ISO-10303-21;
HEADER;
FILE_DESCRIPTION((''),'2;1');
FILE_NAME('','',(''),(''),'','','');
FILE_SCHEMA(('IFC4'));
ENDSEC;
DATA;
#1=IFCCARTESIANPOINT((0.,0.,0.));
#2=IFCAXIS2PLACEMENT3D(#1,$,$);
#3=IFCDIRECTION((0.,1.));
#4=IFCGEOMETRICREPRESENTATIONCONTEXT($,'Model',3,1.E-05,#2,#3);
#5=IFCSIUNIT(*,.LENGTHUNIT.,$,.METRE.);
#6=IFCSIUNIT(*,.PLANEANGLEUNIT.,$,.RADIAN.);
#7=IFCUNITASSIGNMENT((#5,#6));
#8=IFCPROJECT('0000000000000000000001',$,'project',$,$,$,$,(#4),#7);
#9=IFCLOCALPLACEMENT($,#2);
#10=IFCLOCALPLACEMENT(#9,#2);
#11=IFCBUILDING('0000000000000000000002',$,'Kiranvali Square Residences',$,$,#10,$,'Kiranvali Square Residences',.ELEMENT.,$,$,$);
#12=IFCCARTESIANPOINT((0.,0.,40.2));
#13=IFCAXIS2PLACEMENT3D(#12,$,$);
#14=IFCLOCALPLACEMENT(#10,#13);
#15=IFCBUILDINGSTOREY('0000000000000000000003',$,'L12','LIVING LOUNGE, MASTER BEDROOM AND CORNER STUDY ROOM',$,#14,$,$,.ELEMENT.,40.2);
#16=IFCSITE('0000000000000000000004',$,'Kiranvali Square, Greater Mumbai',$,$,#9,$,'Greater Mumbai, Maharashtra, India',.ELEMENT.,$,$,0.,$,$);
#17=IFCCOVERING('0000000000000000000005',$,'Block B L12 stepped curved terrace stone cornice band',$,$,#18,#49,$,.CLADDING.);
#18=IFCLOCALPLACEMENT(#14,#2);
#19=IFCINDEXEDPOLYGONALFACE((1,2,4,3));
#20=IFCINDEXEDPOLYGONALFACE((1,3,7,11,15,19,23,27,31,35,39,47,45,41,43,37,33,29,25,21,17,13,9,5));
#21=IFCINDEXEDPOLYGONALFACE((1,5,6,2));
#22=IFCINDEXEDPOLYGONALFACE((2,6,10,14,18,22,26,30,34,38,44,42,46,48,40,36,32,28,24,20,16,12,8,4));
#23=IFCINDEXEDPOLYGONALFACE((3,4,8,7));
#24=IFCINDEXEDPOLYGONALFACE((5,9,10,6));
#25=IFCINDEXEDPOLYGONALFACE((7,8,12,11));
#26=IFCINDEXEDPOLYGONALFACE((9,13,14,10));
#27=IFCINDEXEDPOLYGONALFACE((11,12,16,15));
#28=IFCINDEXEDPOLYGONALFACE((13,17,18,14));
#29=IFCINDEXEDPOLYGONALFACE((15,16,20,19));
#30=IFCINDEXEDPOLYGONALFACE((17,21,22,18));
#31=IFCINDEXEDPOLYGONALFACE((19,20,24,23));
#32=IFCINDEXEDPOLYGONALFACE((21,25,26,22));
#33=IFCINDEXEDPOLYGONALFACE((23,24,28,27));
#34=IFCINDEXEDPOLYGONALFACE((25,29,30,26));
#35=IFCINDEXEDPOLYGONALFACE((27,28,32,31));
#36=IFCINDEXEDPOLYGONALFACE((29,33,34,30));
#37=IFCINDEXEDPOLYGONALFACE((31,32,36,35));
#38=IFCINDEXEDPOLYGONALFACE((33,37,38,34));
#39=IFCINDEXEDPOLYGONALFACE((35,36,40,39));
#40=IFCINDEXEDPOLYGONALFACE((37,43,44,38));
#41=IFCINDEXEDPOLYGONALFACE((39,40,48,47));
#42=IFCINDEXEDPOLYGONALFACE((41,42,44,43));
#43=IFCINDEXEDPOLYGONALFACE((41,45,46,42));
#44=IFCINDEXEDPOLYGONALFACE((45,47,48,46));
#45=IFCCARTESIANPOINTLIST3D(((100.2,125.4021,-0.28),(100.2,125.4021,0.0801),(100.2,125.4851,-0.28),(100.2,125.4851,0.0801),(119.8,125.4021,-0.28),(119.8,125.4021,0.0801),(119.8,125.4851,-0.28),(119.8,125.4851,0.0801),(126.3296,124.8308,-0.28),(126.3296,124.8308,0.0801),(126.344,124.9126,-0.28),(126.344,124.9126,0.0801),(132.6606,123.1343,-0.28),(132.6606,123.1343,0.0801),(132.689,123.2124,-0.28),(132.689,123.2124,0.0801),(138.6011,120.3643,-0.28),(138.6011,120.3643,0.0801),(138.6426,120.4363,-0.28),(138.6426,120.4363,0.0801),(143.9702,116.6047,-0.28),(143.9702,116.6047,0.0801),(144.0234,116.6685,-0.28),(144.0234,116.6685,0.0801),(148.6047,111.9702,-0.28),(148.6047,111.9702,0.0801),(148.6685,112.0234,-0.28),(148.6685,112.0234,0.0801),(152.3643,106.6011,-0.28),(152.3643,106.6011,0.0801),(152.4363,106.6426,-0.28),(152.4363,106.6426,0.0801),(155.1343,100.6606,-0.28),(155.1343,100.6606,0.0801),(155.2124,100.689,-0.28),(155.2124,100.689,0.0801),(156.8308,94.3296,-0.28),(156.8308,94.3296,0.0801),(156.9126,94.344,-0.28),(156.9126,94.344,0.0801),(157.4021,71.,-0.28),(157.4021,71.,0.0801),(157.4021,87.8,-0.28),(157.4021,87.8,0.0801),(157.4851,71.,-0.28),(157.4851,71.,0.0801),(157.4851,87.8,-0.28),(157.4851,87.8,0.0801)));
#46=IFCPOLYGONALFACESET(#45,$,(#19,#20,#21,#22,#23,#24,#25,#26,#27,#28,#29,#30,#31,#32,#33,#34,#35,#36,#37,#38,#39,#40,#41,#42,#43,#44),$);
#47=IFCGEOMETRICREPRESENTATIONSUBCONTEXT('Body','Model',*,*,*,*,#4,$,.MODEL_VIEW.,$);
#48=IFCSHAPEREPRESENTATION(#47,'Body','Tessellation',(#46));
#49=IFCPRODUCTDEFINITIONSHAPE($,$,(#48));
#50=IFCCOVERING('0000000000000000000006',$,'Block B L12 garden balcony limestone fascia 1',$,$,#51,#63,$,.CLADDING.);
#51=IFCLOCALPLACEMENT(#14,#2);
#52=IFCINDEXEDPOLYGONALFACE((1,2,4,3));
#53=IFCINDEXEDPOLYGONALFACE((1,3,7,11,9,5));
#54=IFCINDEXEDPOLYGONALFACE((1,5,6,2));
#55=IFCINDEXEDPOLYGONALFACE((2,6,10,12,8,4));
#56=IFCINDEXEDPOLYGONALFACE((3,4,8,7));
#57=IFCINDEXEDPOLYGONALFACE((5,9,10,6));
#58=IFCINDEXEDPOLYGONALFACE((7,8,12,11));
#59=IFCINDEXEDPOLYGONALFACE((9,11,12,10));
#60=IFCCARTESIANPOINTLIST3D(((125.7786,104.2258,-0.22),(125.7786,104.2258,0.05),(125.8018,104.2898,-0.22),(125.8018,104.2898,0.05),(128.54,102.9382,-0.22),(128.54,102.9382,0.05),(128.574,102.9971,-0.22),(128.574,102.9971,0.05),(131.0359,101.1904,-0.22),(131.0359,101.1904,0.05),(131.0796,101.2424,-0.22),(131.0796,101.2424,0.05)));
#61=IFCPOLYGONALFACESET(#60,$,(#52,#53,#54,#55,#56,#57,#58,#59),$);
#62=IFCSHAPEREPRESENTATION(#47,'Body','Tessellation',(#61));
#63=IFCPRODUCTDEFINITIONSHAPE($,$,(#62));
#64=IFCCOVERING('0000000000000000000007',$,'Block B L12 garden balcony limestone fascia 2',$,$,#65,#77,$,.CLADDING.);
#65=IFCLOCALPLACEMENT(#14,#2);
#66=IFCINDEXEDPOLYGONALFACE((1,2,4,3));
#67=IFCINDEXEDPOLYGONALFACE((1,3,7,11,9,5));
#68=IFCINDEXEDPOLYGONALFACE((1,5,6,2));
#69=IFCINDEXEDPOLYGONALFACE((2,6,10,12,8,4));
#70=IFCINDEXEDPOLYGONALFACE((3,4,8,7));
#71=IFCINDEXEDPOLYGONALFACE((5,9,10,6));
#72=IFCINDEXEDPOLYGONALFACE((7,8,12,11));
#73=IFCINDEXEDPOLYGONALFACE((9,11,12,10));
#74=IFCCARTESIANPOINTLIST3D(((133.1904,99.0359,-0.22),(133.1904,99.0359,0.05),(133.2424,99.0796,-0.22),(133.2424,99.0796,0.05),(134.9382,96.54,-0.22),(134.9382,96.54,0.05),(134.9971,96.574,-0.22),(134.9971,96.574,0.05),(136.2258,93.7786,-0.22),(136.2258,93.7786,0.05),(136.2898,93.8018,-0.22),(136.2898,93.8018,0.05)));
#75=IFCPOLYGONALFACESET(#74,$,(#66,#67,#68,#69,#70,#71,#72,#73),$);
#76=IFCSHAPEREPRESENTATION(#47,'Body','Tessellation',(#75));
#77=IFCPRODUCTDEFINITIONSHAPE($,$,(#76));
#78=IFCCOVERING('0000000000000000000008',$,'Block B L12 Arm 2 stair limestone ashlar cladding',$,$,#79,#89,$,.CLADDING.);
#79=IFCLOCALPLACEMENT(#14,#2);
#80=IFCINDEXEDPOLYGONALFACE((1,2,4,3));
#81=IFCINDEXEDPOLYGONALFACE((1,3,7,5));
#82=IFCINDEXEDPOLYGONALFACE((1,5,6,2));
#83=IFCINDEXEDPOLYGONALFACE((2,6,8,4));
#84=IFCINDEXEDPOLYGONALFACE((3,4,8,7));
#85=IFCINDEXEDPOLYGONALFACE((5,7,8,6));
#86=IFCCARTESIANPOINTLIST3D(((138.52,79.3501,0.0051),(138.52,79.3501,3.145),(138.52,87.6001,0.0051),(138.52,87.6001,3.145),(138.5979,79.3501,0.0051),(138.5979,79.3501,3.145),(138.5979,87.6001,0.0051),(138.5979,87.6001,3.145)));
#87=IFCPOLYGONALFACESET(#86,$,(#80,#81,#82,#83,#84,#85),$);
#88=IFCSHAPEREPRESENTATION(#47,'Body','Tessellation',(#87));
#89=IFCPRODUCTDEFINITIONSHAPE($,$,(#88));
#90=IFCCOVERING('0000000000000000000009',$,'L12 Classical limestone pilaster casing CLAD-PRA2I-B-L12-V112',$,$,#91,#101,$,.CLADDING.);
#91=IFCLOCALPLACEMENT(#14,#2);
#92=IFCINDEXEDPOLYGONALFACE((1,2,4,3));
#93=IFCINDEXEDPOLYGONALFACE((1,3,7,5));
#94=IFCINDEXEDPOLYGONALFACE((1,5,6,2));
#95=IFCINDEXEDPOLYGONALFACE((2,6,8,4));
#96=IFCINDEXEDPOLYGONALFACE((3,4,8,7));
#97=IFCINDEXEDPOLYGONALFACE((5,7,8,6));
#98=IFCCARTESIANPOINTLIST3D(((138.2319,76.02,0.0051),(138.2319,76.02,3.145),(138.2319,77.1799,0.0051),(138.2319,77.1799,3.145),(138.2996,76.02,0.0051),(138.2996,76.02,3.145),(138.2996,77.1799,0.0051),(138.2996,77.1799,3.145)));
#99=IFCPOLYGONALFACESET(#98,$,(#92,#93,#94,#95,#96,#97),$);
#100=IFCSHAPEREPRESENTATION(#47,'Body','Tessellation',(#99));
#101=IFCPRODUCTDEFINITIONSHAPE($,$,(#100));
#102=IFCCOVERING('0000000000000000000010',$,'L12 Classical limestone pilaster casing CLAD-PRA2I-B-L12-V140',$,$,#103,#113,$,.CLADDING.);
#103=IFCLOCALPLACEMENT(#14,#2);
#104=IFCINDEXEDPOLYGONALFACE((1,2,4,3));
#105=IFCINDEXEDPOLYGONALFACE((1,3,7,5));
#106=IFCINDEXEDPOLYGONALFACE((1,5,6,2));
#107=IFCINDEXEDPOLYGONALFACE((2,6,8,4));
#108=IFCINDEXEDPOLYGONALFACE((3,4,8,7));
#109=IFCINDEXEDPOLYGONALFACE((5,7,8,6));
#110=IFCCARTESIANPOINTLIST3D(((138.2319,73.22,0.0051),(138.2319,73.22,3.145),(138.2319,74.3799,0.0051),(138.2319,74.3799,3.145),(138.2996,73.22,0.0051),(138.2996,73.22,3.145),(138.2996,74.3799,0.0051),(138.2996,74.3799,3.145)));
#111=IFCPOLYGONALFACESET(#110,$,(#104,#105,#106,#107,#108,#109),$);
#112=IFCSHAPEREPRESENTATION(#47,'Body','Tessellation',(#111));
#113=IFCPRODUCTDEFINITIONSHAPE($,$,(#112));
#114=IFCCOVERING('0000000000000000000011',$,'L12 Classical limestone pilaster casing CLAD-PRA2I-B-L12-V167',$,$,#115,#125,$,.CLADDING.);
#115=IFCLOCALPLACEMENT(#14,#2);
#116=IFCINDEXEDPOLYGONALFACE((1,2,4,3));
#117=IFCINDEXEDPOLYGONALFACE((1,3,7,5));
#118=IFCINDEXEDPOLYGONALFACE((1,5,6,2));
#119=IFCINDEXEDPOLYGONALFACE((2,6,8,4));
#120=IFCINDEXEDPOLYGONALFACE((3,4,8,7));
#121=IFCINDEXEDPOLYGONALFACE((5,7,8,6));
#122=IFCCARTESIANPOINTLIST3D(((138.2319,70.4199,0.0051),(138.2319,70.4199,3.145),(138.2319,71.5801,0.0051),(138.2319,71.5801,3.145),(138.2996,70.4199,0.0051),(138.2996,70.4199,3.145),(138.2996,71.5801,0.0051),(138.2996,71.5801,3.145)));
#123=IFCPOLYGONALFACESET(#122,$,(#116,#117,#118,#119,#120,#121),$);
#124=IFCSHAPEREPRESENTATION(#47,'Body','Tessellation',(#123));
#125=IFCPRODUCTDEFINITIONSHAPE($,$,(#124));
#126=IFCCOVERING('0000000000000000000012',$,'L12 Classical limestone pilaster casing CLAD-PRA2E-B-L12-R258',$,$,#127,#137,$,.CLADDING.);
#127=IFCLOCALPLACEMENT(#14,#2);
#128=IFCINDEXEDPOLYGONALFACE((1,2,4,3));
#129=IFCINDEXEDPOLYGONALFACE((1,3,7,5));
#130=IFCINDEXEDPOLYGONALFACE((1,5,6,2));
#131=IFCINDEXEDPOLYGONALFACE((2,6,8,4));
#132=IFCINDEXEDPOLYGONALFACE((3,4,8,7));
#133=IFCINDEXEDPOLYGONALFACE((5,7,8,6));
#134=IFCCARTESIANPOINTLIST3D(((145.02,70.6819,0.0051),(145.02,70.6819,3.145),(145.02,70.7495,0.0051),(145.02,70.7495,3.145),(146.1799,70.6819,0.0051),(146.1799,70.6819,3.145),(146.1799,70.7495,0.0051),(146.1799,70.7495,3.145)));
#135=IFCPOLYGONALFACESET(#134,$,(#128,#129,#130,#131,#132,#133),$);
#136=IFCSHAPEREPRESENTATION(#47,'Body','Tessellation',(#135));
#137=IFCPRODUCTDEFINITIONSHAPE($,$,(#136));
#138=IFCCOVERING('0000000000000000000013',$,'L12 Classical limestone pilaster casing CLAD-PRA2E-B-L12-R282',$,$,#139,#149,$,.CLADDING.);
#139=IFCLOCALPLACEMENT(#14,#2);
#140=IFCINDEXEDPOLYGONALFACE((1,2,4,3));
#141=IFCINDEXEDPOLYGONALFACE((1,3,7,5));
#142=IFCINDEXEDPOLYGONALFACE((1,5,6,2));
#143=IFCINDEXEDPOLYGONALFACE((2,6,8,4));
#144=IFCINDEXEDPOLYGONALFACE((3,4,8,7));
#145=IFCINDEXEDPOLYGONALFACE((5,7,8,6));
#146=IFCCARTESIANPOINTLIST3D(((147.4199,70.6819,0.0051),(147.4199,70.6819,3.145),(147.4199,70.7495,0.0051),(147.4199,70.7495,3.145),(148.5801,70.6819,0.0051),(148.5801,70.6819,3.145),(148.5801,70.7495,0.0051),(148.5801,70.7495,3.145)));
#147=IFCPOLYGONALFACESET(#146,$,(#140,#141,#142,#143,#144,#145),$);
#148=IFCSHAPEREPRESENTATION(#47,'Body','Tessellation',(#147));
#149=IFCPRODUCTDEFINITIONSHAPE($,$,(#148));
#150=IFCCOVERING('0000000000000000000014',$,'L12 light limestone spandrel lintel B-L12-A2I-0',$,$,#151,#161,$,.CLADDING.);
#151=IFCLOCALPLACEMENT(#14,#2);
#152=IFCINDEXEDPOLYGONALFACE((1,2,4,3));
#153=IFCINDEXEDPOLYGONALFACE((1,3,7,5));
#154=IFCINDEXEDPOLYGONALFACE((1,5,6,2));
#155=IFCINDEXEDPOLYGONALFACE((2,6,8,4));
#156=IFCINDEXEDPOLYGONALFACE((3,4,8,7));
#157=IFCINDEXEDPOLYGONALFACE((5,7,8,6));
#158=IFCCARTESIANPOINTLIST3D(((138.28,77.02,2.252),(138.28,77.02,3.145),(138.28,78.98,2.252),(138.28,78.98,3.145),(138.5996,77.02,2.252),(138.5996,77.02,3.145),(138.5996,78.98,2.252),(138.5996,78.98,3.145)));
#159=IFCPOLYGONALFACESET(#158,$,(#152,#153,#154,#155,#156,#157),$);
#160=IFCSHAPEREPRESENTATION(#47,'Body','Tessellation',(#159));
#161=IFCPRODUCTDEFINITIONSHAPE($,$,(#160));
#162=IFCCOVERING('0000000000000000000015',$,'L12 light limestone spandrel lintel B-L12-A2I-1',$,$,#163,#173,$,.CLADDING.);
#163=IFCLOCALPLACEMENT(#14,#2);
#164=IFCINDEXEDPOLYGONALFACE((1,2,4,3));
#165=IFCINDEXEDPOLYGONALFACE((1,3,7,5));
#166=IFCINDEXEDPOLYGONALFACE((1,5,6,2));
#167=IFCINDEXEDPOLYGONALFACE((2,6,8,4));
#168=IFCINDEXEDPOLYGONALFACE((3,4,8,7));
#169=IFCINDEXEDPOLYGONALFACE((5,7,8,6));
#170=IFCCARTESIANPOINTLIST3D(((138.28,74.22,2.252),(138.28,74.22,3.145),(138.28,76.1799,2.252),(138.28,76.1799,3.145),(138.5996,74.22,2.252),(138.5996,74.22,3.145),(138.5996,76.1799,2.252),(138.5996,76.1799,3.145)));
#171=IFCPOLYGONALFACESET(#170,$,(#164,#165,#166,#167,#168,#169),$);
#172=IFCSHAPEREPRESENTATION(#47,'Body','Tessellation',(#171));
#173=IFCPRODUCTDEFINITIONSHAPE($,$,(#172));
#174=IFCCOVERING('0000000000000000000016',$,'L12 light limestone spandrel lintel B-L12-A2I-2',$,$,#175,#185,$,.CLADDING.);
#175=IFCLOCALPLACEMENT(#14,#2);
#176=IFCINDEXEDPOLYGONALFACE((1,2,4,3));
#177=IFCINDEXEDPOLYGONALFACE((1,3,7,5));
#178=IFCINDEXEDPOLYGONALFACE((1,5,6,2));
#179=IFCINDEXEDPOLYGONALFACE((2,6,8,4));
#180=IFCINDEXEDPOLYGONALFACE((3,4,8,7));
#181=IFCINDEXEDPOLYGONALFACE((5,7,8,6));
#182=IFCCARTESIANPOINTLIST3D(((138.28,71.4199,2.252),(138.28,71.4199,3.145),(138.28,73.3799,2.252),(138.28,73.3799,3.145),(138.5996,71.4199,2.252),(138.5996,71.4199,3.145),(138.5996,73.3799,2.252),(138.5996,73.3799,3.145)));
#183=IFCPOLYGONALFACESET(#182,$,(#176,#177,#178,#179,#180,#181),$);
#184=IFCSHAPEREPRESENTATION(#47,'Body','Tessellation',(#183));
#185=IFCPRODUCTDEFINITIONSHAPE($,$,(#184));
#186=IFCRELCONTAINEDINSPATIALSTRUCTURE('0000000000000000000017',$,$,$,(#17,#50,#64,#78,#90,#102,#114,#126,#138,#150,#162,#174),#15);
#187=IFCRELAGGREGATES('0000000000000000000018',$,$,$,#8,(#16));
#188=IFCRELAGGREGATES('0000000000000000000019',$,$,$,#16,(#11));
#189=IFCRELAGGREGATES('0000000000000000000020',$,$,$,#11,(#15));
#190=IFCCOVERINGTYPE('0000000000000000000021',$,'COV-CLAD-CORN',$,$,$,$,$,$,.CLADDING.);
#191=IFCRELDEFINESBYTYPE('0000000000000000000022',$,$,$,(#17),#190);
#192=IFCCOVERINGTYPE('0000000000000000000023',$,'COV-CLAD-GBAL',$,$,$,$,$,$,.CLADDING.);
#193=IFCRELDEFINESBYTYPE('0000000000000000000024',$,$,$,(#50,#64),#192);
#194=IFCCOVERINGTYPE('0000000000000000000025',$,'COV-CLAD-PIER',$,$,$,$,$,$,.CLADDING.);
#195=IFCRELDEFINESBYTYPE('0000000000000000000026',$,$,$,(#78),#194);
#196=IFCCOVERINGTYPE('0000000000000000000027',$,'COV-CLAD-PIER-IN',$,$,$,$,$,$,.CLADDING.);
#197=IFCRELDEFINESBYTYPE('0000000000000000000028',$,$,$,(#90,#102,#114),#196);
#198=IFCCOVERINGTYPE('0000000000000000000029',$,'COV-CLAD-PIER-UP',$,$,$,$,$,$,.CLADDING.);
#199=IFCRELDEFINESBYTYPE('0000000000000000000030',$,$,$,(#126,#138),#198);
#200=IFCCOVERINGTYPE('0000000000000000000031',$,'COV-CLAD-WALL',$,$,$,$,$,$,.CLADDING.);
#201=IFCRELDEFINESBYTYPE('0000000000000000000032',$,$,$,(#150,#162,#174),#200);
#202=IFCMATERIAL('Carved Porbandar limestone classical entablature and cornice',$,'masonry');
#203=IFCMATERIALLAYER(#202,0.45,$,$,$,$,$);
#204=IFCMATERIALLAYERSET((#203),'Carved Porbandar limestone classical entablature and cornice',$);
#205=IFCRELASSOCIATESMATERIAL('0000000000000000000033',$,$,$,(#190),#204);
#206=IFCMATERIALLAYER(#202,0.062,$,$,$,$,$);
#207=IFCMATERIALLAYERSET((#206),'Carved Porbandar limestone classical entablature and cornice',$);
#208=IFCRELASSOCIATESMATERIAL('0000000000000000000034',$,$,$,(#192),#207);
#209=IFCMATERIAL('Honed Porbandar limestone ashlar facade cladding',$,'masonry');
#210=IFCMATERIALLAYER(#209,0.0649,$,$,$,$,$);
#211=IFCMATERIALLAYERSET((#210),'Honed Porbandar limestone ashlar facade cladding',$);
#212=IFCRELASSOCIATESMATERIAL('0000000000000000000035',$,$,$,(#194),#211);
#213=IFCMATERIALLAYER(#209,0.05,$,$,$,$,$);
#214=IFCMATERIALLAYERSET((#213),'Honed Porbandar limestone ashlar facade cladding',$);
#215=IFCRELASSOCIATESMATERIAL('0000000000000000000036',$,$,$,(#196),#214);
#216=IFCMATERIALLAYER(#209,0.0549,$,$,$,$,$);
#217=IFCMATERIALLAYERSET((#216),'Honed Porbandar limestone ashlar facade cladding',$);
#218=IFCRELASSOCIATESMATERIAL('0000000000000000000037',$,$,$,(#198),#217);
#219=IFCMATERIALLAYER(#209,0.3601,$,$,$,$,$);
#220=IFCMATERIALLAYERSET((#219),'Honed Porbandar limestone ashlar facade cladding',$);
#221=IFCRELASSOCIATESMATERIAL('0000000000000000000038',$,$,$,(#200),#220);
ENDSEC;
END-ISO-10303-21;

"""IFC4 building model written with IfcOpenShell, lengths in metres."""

from ifc_helpers import new_model, si_unit, direction, frame, origin, place, context, subcontext, project, spatial, polyline, outline, extrude, material, layer, layer_set, type_object, element, save


model = new_model("IFC4")

# Units and contexts
model_context = context("Model", 3, precision=1e-05, world=origin(), true_north=direction((0.0, 1.0)))
body_context = subcontext(model_context, "Body", "Model", "MODEL_VIEW")
ifc_project = project(units=[si_unit("LENGTHUNIT", "METRE"), si_unit("PLANEANGLEUNIT", "RADIAN")], contexts=[model_context])

# Site, building, storey
site_placement = place(None, origin())
site = spatial("IfcSite", under=ifc_project, at=site_placement, Name="Kiranvali Square, Greater Mumbai", LongName="Greater Mumbai, Maharashtra, India", CompositionType="ELEMENT", RefElevation=0.0)
building_placement = place(site_placement, origin())
building = spatial("IfcBuilding", under=site, at=building_placement, Name="Kiranvali Square Residences", LongName="Kiranvali Square Residences", CompositionType="ELEMENT")
storey_placement = place(building_placement, frame((0.0, 0.0, 40.2)))
storey = spatial("IfcBuildingStorey", under=building, at=storey_placement, Name="L12", Description="LIVING LOUNGE, MASTER BEDROOM AND CORNER STUDY ROOM", CompositionType="ELEMENT", Elevation=40.2)

# Coverings
ifc_material_1 = material(Name="Carved Porbandar limestone classical entablature and cornice", Category="masonry")
ifc_layer_1 = layer(ifc_material_1, 0.45)
ifc_layer_set_1 = layer_set([ifc_layer_1], Name="Carved Porbandar limestone classical entablature and cornice")
covering_type_1 = type_object("IfcCoveringType", Name="COV-CLAD-CORN", PredefinedType="CLADDING", material=ifc_layer_set_1)
covering_1_placement = place(storey_placement, frame((0.0, 0.0, -0.28)))
element("IfcCovering", 1, at=covering_1_placement, inside=storey, type_object=covering_type_1, Name="Block B L12 stepped curved terrace stone cornice band", PredefinedType="CLADDING", context=body_context, shape_type="SweptSolid", body=[
    extrude(outline(polyline([(100.2, 125.4021), (119.8, 125.4021), (126.3296, 124.8308), (132.6606, 123.1343), (138.6011, 120.3643), (143.9702, 116.6047), (148.6047, 111.9702), (152.3643, 106.6011), (155.1343, 100.6606), (156.8308, 94.3296), (157.4021, 87.8), (157.4021, 71.0), (157.4851, 71.0), (157.4851, 87.8), (156.9126, 94.344), (155.2124, 100.689), (152.4363, 106.6426), (148.6685, 112.0234), (144.0234, 116.6685), (138.6426, 120.4363), (132.689, 123.2124), (126.344, 124.9126), (119.8, 125.4851), (100.2, 125.4851), (100.2, 125.4021)])), origin(), (0.0, 0.0, 1.0), 0.3601),
])
ifc_layer_2 = layer(ifc_material_1, 0.062)
ifc_layer_set_2 = layer_set([ifc_layer_2], Name="Carved Porbandar limestone classical entablature and cornice")
covering_type_2 = type_object("IfcCoveringType", Name="COV-CLAD-GBAL", PredefinedType="CLADDING", material=ifc_layer_set_2)
covering_2_placement = place(storey_placement, frame((0.0, 0.0, -0.22)))
element("IfcCovering", 2, at=covering_2_placement, inside=storey, type_object=covering_type_2, Name="Block B L12 garden balcony limestone fascia 1", PredefinedType="CLADDING", context=body_context, shape_type="SweptSolid", body=[
    extrude(outline(polyline([(125.7786, 104.2258), (128.54, 102.9382), (131.0359, 101.1904), (131.0796, 101.2424), (128.574, 102.9971), (125.8018, 104.2898), (125.7786, 104.2258)])), origin(), (0.0, 0.0, 1.0), 0.27),
])
covering_3_placement = place(storey_placement, frame((0.0, 0.0, -0.22)))
element("IfcCovering", 3, at=covering_3_placement, inside=storey, type_object=covering_type_2, Name="Block B L12 garden balcony limestone fascia 2", PredefinedType="CLADDING", context=body_context, shape_type="SweptSolid", body=[
    extrude(outline(polyline([(133.1904, 99.0359), (134.9382, 96.54), (136.2258, 93.7786), (136.2898, 93.8018), (134.9971, 96.574), (133.2424, 99.0796), (133.1904, 99.0359)])), origin(), (0.0, 0.0, 1.0), 0.27),
])
ifc_material_2 = material(Name="Honed Porbandar limestone ashlar facade cladding", Category="masonry")
ifc_layer_3 = layer(ifc_material_2, 0.0649)
ifc_layer_set_3 = layer_set([ifc_layer_3], Name="Honed Porbandar limestone ashlar facade cladding")
covering_type_3 = type_object("IfcCoveringType", Name="COV-CLAD-PIER", PredefinedType="CLADDING", material=ifc_layer_set_3)
covering_4_placement = place(storey_placement, frame((0.0, 0.0, 0.0051)))
element("IfcCovering", 4, at=covering_4_placement, inside=storey, type_object=covering_type_3, Name="Block B L12 Arm 2 stair limestone ashlar cladding", PredefinedType="CLADDING", context=body_context, shape_type="SweptSolid", body=[
    extrude(outline(polyline([(138.52, 87.6001), (138.52, 79.3501), (138.5979, 79.3501), (138.5979, 87.6001), (138.52, 87.6001)])), origin(), (0.0, 0.0, 1.0), 3.1399),
])
ifc_layer_4 = layer(ifc_material_2, 0.05)
ifc_layer_set_4 = layer_set([ifc_layer_4], Name="Honed Porbandar limestone ashlar facade cladding")
covering_type_4 = type_object("IfcCoveringType", Name="COV-CLAD-PIER-IN", PredefinedType="CLADDING", material=ifc_layer_set_4)
covering_5_placement = place(storey_placement, frame((0.0, 0.0, 0.0051)))
element("IfcCovering", 5, at=covering_5_placement, inside=storey, type_object=covering_type_4, Name="L12 Classical limestone pilaster casing CLAD-PRA2I-B-L12-V112", PredefinedType="CLADDING", context=body_context, shape_type="SweptSolid", body=[
    extrude(outline(polyline([(138.2319, 77.1799), (138.2319, 76.02), (138.2996, 76.02), (138.2996, 77.1799), (138.2319, 77.1799)])), origin(), (0.0, 0.0, 1.0), 3.1399),
])
covering_6_placement = place(storey_placement, frame((0.0, 0.0, 0.0051)))
element("IfcCovering", 6, at=covering_6_placement, inside=storey, type_object=covering_type_4, Name="L12 Classical limestone pilaster casing CLAD-PRA2I-B-L12-V140", PredefinedType="CLADDING", context=body_context, shape_type="SweptSolid", body=[
    extrude(outline(polyline([(138.2319, 74.3799), (138.2319, 73.22), (138.2996, 73.22), (138.2996, 74.3799), (138.2319, 74.3799)])), origin(), (0.0, 0.0, 1.0), 3.1399),
])
covering_7_placement = place(storey_placement, frame((0.0, 0.0, 0.0051)))
element("IfcCovering", 7, at=covering_7_placement, inside=storey, type_object=covering_type_4, Name="L12 Classical limestone pilaster casing CLAD-PRA2I-B-L12-V167", PredefinedType="CLADDING", context=body_context, shape_type="SweptSolid", body=[
    extrude(outline(polyline([(138.2319, 71.5801), (138.2319, 70.4199), (138.2996, 70.4199), (138.2996, 71.5801), (138.2319, 71.5801)])), origin(), (0.0, 0.0, 1.0), 3.1399),
])
ifc_layer_5 = layer(ifc_material_2, 0.0549)
ifc_layer_set_5 = layer_set([ifc_layer_5], Name="Honed Porbandar limestone ashlar facade cladding")
covering_type_5 = type_object("IfcCoveringType", Name="COV-CLAD-PIER-UP", PredefinedType="CLADDING", material=ifc_layer_set_5)
covering_8_placement = place(storey_placement, frame((0.0, 0.0, 0.0051)))
element("IfcCovering", 8, at=covering_8_placement, inside=storey, type_object=covering_type_5, Name="L12 Classical limestone pilaster casing CLAD-PRA2E-B-L12-R258", PredefinedType="CLADDING", context=body_context, shape_type="SweptSolid", body=[
    extrude(outline(polyline([(145.02, 70.6819), (146.1799, 70.6819), (146.1799, 70.7495), (145.02, 70.7495), (145.02, 70.6819)])), origin(), (0.0, 0.0, 1.0), 3.1399),
])
covering_9_placement = place(storey_placement, frame((0.0, 0.0, 0.0051)))
element("IfcCovering", 9, at=covering_9_placement, inside=storey, type_object=covering_type_5, Name="L12 Classical limestone pilaster casing CLAD-PRA2E-B-L12-R282", PredefinedType="CLADDING", context=body_context, shape_type="SweptSolid", body=[
    extrude(outline(polyline([(147.4199, 70.6819), (148.5801, 70.6819), (148.5801, 70.7495), (147.4199, 70.7495), (147.4199, 70.6819)])), origin(), (0.0, 0.0, 1.0), 3.1399),
])
ifc_layer_6 = layer(ifc_material_2, 0.3601)
ifc_layer_set_6 = layer_set([ifc_layer_6], Name="Honed Porbandar limestone ashlar facade cladding")
covering_type_6 = type_object("IfcCoveringType", Name="COV-CLAD-WALL", PredefinedType="CLADDING", material=ifc_layer_set_6)
covering_10_placement = place(storey_placement, frame((0.0, 0.0, 2.252)))
element("IfcCovering", 10, at=covering_10_placement, inside=storey, type_object=covering_type_6, Name="L12 light limestone spandrel lintel B-L12-A2I-0", PredefinedType="CLADDING", context=body_context, shape_type="SweptSolid", body=[
    extrude(outline(polyline([(138.28, 78.98), (138.28, 77.02), (138.5996, 77.02), (138.5996, 78.98), (138.28, 78.98)])), origin(), (0.0, 0.0, 1.0), 0.8931),
])
covering_11_placement = place(storey_placement, frame((0.0, 0.0, 2.252)))
element("IfcCovering", 11, at=covering_11_placement, inside=storey, type_object=covering_type_6, Name="L12 light limestone spandrel lintel B-L12-A2I-1", PredefinedType="CLADDING", context=body_context, shape_type="SweptSolid", body=[
    extrude(outline(polyline([(138.28, 76.1799), (138.28, 74.22), (138.5996, 74.22), (138.5996, 76.1799), (138.28, 76.1799)])), origin(), (0.0, 0.0, 1.0), 0.8931),
])
covering_12_placement = place(storey_placement, frame((0.0, 0.0, 2.252)))
element("IfcCovering", 12, at=covering_12_placement, inside=storey, type_object=covering_type_6, Name="L12 light limestone spandrel lintel B-L12-A2I-2", PredefinedType="CLADDING", context=body_context, shape_type="SweptSolid", body=[
    extrude(outline(polyline([(138.28, 73.3799), (138.28, 71.4199), (138.5996, 71.4199), (138.5996, 73.3799), (138.28, 73.3799)])), origin(), (0.0, 0.0, 1.0), 0.8931),
])

save(model, "model.ifc")
